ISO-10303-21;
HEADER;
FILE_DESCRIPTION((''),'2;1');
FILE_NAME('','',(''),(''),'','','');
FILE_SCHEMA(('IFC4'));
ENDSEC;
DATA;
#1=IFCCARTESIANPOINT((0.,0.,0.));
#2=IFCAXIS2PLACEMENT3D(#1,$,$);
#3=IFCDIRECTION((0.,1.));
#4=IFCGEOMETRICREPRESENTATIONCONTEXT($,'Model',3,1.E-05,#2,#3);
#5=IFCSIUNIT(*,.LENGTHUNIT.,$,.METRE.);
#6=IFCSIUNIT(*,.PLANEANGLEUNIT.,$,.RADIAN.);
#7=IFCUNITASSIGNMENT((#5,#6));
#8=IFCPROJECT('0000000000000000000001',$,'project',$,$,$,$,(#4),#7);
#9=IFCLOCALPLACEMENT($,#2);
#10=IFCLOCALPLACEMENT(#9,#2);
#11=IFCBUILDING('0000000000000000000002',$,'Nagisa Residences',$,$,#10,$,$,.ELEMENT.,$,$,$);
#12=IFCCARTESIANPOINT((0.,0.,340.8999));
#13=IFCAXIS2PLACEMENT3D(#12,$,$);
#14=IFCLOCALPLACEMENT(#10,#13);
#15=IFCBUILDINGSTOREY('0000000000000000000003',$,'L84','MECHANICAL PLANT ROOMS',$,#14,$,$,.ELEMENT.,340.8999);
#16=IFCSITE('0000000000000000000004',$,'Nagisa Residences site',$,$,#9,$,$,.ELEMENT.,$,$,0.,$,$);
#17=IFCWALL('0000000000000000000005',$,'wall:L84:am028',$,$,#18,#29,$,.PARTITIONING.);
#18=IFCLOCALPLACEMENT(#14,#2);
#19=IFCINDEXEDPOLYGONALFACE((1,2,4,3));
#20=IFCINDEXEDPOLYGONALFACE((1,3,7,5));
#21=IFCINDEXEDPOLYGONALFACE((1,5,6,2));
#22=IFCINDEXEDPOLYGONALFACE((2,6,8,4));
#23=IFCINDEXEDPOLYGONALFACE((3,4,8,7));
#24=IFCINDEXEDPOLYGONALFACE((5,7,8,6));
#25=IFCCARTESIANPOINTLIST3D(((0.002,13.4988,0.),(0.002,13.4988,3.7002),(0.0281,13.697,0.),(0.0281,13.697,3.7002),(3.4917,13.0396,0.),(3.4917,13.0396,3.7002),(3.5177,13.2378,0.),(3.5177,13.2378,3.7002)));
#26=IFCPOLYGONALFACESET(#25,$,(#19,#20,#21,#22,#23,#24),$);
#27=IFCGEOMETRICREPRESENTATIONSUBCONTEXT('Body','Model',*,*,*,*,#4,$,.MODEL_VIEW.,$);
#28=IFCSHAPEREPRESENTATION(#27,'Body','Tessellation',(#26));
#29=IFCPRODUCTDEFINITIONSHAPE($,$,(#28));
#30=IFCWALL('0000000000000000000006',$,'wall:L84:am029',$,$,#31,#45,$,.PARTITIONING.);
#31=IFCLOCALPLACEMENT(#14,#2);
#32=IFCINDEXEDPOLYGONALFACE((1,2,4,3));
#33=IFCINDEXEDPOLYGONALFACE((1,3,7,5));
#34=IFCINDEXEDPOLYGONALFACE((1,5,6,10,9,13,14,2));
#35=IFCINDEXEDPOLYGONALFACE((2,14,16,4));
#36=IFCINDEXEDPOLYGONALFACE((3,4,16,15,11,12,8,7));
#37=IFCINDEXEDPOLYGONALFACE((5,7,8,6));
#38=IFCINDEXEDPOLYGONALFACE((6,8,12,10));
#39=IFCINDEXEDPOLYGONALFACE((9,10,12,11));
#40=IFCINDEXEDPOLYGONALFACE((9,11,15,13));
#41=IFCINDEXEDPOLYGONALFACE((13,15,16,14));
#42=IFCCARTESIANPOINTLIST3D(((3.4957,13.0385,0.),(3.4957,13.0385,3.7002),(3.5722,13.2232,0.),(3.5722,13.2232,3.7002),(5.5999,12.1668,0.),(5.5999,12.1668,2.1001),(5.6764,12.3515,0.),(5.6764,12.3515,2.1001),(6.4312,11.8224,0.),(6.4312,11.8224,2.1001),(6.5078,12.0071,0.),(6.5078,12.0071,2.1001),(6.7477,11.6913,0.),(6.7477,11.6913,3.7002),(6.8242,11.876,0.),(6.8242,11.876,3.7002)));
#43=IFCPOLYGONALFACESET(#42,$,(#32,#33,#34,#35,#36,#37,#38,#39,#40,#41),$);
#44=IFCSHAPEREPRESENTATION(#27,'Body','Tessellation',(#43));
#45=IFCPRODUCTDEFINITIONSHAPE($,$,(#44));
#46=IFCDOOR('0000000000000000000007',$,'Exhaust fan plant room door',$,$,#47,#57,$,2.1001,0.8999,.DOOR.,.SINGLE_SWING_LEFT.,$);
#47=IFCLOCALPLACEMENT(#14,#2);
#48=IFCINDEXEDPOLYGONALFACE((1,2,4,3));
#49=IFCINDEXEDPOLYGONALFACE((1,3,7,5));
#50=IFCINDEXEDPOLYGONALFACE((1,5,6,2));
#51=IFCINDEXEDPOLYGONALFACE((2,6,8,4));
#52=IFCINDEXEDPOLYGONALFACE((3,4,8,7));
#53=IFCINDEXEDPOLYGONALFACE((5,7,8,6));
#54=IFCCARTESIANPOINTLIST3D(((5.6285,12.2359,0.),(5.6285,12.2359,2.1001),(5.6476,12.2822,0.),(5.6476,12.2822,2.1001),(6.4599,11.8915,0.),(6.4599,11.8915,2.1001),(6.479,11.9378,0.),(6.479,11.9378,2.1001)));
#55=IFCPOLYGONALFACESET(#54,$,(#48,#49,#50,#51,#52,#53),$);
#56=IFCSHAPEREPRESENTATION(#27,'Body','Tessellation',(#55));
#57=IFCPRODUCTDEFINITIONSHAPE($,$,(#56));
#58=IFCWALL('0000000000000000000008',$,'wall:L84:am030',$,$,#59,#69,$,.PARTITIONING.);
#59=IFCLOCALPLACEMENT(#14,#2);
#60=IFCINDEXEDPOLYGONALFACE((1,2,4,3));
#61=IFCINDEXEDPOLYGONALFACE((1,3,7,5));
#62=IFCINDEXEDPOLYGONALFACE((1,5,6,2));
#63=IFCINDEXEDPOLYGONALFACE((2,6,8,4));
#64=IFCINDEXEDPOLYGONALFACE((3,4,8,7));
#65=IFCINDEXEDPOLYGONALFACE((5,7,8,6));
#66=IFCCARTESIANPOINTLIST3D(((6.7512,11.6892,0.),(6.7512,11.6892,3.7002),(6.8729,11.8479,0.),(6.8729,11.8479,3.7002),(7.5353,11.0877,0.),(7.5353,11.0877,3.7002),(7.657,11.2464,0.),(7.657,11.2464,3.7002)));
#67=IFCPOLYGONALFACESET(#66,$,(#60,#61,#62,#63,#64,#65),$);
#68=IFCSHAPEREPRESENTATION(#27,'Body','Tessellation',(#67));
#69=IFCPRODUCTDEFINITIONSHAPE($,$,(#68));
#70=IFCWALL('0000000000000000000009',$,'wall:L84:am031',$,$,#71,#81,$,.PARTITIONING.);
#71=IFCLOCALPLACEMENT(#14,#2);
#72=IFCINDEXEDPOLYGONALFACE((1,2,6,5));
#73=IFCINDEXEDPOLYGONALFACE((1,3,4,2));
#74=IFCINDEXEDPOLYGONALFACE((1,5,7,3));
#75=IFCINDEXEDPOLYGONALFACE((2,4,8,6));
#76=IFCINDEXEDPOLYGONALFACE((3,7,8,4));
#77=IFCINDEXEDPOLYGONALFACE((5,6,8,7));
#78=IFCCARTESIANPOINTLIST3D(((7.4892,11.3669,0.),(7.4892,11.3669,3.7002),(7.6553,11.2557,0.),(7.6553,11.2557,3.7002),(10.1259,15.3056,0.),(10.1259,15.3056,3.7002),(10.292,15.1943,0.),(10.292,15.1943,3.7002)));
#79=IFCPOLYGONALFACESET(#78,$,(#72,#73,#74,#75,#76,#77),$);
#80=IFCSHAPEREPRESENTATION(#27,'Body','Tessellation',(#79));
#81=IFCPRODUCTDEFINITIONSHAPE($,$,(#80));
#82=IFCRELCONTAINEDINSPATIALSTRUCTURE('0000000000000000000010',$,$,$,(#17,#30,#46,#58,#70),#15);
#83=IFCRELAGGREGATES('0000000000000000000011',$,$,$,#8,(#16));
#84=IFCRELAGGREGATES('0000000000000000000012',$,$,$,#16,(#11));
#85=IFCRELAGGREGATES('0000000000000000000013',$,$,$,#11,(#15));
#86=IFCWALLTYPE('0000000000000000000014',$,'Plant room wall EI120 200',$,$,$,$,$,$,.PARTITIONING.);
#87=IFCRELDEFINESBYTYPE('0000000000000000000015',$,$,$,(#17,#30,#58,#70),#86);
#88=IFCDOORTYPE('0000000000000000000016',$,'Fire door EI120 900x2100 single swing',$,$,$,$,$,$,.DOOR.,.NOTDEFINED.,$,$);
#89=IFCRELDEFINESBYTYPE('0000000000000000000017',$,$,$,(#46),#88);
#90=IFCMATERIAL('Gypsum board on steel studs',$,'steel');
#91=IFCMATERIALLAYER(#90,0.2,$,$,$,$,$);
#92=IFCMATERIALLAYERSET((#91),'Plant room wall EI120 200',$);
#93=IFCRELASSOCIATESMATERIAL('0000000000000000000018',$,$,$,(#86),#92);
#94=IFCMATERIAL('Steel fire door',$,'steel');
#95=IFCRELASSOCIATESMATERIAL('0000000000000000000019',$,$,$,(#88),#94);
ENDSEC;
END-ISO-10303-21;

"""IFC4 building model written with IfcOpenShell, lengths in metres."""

from ifc_helpers import new_model, si_unit, direction, frame, frame_2d, origin, place, context, subcontext, project, spatial, rectangle, extrude, material, layer, layer_set, type_object, element, fill, save


model = new_model("IFC4")

# Units and contexts
model_context = context("Model", 3, precision=1e-05, world=origin(), true_north=direction((0.0, 1.0)))
body_context = subcontext(model_context, "Body", "Model", "MODEL_VIEW")
ifc_project = project(units=[si_unit("LENGTHUNIT", "METRE"), si_unit("PLANEANGLEUNIT", "RADIAN")], contexts=[model_context])

# Site, building, storey
site_placement = place(None, origin())
site = spatial("IfcSite", under=ifc_project, at=site_placement, Name="Nagisa Residences site", CompositionType="ELEMENT", RefElevation=0.0)
building_placement = place(site_placement, origin())
building = spatial("IfcBuilding", under=site, at=building_placement, Name="Nagisa Residences", CompositionType="ELEMENT")
storey_placement = place(building_placement, frame((0.0, 0.0, 340.8999)))
storey = spatial("IfcBuildingStorey", under=building, at=storey_placement, Name="L84", Description="MECHANICAL PLANT ROOMS", CompositionType="ELEMENT", Elevation=340.8999)

# Wall
ifc_material_1 = material(Name="Gypsum board on steel studs", Category="steel")
ifc_layer_1 = layer(ifc_material_1, 0.2)
ifc_layer_set_1 = layer_set([ifc_layer_1], Name="Plant room wall EI120 200")
wall_type = type_object("IfcWallType", Name="Plant room wall EI120 200", PredefinedType="PARTITIONING", material=ifc_layer_set_1)
wall_1_placement = place(storey_placement, frame((0.0151, 13.5979, 0.0), z_axis=(0.0, 0.0, 1.0), x_axis=(0.991452, -0.130469, 0.0)))
element("IfcWall", 1, at=wall_1_placement, inside=storey, type_object=wall_type, Name="wall:L84:am028", PredefinedType="PARTITIONING", context=body_context, shape_type="SweptSolid", body=[
    extrude(rectangle(XDim=3.5198, YDim=0.2, at=frame_2d((1.7598, 0.0))), origin(), (0.0, 0.0, 1.0), 3.7002),
])

# Wall, opening, door
wall_2_placement = place(storey_placement, frame((3.5339, 13.1309, 0.0), z_axis=(0.0, 0.0, 1.0), x_axis=(0.923863, -0.382723, 0.0)))
wall_2 = element("IfcWall", 2, at=wall_2_placement, inside=storey, type_object=wall_type, Name="wall:L84:am029", PredefinedType="PARTITIONING", context=body_context, shape_type="SweptSolid", body=[
    extrude(rectangle(XDim=3.52, YDim=0.2, at=frame_2d((1.76, 0.0))), origin(), (0.0, 0.0, 1.0), 3.7002),
])
opening_placement = place(wall_2_placement, frame((2.2776, 0.0, 0.0)))
opening = element("IfcOpeningElement", 3, at=opening_placement, cuts=wall_2, PredefinedType="OPENING", context=body_context, shape_type="SweptSolid", body=[
    extrude(rectangle(XDim=0.8999, YDim=2.1001, at=frame_2d((0.45, 1.05))), frame((0.0, 0.1099, 0.0), z_axis=(0.0, -1.0, 0.0), x_axis=(1.0, 0.0, 0.0)), (0.0, 0.0, 1.0), 0.22),
])
ifc_material_2 = material(Name="Steel fire door", Category="steel")
door_type = type_object("IfcDoorType", Name="Fire door EI120 900x2100 single swing", OperationType="NOTDEFINED", PredefinedType="DOOR", material=ifc_material_2)
door_placement = place(opening_placement, origin())
door = element("IfcDoor", 4, at=door_placement, inside=storey, type_object=door_type, Name="Exhaust fan plant room door", OperationType="SINGLE_SWING_LEFT", OverallHeight=2.1001, OverallWidth=0.8999, PredefinedType="DOOR", context=body_context, shape_type="SweptSolid", body=[
    extrude(rectangle(XDim=0.8999, YDim=2.1001, at=frame_2d((0.45, 1.05))), frame((0.0, 0.0249, 0.0), z_axis=(0.0, -1.0, 0.0), x_axis=(1.0, 0.0, 0.0)), (0.0, 0.0, 1.0), 0.05),
])
fill(opening, door)

# Walls
wall_3_placement = place(storey_placement, frame((6.812, 11.7686, 0.0), z_axis=(0.0, 0.0, 1.0), x_axis=(0.793431, -0.60866, 0.0)))
element("IfcWall", 5, at=wall_3_placement, inside=storey, type_object=wall_type, Name="wall:L84:am030", PredefinedType="PARTITIONING", context=body_context, shape_type="SweptSolid", body=[
    extrude(rectangle(XDim=0.9883, YDim=0.2, at=frame_2d((0.4941, 0.0))), origin(), (0.0, 0.0, 1.0), 3.7002),
])
wall_4_placement = place(storey_placement, frame((7.5723, 11.3113, 0.0), z_axis=(0.0, 0.0, 1.0), x_axis=(0.556292, 0.830987, 0.0)))
element("IfcWall", 6, at=wall_4_placement, inside=storey, type_object=wall_type, Name="wall:L84:am031", PredefinedType="PARTITIONING", context=body_context, shape_type="SweptSolid", body=[
    extrude(rectangle(XDim=4.7397, YDim=0.2, at=frame_2d((2.3699, 0.0))), origin(), (0.0, 0.0, 1.0), 3.7002),
])

save(model, "model.ifc")
